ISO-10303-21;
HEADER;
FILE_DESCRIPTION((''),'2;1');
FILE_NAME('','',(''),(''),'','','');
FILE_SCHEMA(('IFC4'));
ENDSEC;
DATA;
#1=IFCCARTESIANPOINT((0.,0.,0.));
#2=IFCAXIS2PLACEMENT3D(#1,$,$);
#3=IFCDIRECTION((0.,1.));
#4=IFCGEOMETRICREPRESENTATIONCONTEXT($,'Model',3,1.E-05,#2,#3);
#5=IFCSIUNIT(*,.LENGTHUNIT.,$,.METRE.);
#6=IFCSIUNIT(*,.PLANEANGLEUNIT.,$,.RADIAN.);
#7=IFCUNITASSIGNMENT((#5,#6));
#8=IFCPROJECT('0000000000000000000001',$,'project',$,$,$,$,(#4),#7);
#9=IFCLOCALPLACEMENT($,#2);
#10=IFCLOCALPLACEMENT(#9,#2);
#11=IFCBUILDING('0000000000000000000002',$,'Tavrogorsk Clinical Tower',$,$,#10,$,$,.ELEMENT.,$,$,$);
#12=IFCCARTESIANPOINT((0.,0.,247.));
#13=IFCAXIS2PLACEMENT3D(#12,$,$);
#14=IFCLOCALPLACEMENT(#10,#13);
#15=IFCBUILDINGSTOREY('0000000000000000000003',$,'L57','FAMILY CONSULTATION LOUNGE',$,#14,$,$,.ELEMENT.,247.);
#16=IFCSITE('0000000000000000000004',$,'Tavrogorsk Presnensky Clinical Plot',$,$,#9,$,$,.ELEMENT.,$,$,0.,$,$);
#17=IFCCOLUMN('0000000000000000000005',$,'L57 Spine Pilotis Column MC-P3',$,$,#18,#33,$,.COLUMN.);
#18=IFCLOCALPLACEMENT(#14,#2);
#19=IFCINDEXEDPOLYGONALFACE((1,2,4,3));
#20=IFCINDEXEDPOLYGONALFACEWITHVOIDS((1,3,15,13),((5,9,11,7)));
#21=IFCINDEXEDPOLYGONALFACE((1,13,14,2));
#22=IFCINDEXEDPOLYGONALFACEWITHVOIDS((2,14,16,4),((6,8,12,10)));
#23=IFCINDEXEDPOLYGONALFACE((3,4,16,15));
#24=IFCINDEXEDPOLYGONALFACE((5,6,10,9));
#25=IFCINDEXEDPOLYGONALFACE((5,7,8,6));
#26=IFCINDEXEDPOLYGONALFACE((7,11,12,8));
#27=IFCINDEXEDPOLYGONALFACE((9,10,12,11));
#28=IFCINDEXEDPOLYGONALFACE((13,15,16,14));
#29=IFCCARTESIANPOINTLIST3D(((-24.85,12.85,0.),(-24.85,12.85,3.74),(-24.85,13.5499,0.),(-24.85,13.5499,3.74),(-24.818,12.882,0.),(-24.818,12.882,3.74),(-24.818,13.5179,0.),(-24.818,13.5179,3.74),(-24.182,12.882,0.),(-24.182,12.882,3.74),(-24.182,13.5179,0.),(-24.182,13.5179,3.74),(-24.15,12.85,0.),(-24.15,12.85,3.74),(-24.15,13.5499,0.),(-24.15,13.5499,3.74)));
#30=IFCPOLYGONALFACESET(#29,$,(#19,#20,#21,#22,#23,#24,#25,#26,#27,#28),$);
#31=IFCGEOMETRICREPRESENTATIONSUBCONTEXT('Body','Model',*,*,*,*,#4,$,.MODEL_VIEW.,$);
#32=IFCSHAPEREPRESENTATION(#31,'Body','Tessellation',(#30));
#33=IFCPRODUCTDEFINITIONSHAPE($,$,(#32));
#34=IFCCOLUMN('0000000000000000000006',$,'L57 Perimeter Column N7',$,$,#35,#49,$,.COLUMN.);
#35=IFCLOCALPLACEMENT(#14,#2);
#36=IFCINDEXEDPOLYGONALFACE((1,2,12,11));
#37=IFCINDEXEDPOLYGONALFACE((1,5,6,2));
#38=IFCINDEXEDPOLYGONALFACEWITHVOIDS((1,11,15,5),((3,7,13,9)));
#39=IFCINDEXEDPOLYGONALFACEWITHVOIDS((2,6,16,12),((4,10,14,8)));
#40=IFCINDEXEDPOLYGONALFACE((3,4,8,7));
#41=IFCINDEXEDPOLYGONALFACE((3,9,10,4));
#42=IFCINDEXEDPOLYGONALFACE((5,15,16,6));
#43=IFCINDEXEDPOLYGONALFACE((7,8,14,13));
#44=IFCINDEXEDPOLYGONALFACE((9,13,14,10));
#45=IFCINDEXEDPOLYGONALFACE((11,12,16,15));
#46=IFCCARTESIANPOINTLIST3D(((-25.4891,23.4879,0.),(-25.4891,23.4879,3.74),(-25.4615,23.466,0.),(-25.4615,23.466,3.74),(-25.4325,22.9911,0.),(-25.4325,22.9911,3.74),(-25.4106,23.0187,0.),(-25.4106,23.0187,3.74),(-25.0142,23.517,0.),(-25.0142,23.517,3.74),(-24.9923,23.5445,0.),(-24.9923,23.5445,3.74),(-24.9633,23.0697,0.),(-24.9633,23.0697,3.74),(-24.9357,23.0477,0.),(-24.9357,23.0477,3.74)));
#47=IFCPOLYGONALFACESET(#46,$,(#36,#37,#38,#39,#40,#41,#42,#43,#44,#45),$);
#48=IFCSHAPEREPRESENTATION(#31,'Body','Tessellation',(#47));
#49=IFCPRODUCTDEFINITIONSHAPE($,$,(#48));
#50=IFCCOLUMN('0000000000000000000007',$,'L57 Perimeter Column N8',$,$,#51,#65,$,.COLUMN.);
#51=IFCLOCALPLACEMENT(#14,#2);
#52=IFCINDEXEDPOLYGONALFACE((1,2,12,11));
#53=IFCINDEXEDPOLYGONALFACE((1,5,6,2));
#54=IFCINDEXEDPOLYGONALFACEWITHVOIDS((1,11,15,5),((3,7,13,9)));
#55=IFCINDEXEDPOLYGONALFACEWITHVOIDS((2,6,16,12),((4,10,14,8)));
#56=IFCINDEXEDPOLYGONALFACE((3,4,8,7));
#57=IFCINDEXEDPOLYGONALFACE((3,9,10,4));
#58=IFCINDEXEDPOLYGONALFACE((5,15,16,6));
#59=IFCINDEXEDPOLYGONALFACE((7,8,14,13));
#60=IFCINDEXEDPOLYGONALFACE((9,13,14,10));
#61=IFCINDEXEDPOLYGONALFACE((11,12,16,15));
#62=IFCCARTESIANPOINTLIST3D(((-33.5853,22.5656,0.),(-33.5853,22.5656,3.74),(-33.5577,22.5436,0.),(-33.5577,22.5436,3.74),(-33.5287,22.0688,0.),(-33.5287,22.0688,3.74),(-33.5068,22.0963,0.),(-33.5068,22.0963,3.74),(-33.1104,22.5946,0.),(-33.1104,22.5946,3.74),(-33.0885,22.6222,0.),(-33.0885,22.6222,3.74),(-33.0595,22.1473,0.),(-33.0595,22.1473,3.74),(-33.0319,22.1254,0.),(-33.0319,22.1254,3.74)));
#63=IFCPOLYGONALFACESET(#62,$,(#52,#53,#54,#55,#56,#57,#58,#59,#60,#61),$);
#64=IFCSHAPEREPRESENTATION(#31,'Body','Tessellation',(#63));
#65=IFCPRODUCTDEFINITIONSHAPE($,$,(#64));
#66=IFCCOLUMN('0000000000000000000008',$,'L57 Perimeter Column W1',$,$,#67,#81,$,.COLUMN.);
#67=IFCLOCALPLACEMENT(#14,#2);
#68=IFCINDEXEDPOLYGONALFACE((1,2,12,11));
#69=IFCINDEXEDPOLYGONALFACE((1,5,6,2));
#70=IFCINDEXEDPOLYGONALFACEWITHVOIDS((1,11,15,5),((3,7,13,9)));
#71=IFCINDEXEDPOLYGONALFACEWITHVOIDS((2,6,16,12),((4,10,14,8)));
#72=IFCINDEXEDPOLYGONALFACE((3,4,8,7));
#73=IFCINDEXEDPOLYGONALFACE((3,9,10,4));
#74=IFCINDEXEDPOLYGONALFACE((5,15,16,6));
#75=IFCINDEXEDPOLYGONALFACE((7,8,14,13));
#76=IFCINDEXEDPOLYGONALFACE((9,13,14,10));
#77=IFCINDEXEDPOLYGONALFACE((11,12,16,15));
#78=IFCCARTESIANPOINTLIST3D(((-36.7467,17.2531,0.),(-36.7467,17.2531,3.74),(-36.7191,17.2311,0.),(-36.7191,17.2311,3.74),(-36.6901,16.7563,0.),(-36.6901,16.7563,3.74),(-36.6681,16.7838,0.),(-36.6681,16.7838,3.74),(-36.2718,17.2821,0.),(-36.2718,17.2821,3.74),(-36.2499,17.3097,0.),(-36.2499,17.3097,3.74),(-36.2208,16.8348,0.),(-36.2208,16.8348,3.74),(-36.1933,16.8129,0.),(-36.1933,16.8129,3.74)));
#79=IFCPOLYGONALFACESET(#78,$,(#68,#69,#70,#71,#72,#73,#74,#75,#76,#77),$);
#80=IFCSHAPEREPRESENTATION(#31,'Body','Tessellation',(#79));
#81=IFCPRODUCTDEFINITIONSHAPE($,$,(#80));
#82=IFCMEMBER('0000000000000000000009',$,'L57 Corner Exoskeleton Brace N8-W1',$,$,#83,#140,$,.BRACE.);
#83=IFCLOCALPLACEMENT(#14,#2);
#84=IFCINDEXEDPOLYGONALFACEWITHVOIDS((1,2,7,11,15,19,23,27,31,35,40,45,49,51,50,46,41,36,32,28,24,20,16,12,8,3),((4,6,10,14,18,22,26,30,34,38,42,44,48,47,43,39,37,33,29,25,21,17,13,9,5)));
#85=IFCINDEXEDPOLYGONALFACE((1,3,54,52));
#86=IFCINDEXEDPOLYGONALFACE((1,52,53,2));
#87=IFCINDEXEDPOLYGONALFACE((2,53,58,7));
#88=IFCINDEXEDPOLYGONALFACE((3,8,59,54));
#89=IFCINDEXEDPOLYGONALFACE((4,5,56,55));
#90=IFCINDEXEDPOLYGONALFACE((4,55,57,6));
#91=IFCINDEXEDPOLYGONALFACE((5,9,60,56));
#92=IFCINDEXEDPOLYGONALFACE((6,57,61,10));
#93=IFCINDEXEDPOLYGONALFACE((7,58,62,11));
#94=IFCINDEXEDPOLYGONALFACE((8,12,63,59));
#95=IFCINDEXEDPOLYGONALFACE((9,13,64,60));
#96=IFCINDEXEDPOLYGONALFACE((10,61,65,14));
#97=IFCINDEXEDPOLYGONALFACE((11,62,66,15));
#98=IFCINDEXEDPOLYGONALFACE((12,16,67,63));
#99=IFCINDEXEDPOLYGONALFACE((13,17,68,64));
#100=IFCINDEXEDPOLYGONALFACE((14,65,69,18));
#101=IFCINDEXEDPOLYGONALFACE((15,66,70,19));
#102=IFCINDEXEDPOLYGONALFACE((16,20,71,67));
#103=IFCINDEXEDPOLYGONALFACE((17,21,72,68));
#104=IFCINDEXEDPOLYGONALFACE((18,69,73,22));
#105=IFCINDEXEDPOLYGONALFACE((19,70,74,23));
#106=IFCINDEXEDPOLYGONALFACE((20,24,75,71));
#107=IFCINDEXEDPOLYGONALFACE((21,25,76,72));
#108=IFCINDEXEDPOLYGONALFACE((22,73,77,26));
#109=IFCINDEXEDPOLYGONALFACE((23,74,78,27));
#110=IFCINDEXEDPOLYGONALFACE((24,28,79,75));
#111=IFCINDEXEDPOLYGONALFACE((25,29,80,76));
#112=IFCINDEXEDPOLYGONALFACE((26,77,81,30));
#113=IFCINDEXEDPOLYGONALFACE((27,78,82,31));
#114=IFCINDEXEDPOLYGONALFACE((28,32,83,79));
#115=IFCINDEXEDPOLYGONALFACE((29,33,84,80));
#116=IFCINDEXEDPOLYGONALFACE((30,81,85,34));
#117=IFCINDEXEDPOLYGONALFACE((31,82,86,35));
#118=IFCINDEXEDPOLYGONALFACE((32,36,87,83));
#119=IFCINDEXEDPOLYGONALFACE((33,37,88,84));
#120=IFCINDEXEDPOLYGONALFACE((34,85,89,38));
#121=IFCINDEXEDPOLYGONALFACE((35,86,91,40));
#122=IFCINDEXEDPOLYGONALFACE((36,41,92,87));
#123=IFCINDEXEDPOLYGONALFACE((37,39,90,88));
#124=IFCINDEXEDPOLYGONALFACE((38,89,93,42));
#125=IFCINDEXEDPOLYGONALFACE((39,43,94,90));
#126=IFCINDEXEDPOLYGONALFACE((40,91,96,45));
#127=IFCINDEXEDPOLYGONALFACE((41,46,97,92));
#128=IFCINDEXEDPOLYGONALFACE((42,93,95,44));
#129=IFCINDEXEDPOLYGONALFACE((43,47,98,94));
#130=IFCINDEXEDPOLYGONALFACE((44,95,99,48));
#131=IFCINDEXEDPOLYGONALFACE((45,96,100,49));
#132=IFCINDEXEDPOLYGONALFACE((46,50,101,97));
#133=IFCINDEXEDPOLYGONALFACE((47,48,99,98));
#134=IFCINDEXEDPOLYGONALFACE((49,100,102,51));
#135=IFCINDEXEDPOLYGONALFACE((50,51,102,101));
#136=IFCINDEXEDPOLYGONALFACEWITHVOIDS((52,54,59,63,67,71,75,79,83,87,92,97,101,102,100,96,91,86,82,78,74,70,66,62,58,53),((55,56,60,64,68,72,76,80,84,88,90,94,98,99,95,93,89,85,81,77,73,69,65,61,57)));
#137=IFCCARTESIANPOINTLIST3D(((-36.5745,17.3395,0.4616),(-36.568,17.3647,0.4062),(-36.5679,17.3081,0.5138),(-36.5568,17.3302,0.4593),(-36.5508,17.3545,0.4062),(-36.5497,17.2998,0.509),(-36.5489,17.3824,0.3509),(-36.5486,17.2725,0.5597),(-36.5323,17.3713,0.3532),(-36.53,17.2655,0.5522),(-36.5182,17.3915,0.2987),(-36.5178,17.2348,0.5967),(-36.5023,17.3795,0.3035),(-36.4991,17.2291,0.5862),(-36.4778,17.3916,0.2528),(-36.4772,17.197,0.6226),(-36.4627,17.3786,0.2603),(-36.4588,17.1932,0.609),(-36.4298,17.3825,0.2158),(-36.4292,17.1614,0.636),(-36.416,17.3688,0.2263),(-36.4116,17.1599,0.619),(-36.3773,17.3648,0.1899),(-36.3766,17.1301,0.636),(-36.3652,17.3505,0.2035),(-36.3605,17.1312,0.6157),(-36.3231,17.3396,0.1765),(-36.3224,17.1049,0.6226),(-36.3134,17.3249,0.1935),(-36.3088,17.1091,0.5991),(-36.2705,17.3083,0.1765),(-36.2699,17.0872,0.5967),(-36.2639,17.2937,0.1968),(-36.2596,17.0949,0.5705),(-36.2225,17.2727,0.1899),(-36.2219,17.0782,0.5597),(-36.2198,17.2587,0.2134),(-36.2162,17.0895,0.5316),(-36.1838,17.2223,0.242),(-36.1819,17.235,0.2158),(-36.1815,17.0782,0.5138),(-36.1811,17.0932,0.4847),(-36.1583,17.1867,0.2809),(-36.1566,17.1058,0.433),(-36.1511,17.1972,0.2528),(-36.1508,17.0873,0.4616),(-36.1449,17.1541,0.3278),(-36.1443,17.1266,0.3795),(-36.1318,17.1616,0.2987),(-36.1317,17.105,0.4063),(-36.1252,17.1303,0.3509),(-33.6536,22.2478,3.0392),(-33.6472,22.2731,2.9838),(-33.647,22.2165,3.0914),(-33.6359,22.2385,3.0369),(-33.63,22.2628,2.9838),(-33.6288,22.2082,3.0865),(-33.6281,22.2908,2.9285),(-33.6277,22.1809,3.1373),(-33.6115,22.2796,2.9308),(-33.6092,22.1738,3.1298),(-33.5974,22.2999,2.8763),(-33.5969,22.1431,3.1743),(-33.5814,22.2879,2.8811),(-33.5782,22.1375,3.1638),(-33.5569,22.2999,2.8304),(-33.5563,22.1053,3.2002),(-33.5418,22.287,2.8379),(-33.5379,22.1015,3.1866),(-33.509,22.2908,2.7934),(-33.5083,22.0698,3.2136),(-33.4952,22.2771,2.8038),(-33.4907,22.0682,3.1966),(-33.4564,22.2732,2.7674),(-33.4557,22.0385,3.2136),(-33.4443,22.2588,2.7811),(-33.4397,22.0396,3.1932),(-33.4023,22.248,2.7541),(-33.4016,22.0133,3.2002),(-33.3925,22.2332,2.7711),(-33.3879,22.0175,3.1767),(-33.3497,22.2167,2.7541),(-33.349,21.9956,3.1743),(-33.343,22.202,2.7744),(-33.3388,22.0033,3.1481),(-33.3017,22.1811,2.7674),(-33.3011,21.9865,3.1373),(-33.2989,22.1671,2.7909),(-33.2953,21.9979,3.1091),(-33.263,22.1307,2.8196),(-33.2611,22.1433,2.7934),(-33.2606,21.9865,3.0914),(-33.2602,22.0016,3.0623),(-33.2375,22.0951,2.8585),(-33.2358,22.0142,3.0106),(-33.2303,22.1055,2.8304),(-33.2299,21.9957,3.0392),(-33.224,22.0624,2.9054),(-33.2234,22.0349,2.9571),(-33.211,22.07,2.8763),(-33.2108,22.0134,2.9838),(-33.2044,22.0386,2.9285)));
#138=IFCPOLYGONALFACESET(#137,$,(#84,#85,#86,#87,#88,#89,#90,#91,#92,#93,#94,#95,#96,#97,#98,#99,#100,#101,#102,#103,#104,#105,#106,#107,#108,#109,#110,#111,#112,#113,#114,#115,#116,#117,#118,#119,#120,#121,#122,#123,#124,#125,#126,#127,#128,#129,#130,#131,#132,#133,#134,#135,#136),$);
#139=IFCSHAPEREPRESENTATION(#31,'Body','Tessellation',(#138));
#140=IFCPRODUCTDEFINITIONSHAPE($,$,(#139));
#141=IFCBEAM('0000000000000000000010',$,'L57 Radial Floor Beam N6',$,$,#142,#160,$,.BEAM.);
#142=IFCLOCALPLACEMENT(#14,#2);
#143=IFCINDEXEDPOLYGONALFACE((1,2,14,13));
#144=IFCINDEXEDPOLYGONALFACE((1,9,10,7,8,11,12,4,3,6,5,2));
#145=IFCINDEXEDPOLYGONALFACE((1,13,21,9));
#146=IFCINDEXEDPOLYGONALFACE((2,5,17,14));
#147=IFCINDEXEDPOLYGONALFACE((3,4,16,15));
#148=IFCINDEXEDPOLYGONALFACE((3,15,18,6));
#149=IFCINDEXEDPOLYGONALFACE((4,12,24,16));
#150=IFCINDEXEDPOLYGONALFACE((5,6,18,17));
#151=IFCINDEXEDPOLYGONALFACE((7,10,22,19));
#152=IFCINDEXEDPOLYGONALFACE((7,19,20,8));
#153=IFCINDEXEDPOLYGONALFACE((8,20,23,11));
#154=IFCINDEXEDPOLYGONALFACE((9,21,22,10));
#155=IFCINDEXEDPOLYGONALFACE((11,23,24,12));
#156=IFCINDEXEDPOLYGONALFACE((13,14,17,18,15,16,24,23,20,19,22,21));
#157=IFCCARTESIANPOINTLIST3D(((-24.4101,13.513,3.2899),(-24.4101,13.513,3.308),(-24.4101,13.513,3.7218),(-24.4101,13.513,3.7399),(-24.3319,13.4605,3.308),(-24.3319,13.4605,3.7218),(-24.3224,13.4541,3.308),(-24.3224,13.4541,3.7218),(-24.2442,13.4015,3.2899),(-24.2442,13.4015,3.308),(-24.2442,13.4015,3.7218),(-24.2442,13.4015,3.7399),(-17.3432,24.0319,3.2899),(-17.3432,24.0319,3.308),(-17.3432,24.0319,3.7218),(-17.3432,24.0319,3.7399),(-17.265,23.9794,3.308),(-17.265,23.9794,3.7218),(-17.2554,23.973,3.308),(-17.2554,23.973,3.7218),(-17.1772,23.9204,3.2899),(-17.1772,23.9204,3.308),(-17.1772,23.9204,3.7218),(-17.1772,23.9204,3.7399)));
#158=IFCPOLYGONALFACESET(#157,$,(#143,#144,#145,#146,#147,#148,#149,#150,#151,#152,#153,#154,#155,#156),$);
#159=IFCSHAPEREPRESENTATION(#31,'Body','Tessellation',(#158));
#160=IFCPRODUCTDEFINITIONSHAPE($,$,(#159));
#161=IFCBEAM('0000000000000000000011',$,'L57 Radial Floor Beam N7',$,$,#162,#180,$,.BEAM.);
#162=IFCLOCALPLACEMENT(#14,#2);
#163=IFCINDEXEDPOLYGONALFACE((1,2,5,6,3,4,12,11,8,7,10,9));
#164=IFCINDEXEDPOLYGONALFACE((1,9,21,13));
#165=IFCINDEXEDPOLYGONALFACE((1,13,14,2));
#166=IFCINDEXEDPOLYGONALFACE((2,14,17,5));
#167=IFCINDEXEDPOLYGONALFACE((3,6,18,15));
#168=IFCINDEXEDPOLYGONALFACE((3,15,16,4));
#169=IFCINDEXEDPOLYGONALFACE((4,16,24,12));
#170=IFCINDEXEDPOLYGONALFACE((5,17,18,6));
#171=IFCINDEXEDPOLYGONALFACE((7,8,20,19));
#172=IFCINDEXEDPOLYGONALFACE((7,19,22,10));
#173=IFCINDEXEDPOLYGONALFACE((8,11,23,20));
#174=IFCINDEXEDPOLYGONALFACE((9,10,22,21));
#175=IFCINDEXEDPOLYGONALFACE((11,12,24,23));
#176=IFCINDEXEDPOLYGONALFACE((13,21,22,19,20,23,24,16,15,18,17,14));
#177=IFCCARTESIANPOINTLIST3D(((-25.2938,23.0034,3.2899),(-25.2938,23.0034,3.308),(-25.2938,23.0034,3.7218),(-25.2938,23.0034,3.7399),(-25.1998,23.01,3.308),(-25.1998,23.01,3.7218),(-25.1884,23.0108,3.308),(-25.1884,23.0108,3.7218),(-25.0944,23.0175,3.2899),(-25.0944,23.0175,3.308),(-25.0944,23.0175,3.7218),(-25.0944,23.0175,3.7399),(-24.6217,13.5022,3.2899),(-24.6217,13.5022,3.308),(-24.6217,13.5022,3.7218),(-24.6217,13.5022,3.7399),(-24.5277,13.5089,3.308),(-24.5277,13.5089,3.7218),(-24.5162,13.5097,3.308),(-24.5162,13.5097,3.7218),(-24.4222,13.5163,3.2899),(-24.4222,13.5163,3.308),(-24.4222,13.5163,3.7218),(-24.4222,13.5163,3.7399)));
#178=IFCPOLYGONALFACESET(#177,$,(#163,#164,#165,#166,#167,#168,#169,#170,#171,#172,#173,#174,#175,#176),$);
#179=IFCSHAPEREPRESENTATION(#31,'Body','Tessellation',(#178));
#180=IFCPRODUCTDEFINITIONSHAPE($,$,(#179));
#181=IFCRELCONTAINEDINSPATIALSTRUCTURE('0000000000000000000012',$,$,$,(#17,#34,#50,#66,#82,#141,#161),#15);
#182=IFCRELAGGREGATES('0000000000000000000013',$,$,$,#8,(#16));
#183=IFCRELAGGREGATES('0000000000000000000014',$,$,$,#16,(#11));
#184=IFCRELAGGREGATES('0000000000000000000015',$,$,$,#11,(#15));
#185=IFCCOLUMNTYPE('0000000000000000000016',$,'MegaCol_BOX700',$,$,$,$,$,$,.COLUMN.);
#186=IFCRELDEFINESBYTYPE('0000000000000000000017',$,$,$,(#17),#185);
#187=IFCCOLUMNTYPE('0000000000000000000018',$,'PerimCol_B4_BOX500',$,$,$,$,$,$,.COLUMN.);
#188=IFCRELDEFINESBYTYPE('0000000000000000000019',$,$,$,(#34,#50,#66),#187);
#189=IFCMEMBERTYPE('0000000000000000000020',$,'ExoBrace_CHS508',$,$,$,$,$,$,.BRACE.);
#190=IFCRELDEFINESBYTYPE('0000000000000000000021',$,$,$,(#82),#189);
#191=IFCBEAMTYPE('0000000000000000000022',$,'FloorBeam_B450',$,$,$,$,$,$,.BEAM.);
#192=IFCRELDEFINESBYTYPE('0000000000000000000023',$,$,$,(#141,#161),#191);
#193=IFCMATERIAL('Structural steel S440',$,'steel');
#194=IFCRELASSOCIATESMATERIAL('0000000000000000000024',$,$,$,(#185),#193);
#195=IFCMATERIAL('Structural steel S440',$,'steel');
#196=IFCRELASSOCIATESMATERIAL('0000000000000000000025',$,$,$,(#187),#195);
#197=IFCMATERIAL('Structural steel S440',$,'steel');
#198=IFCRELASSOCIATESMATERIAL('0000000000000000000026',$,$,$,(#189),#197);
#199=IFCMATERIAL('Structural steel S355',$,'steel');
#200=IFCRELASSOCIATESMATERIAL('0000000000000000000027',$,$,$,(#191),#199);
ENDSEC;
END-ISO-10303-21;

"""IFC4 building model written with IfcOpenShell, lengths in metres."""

from ifc_helpers import new_model, si_unit, direction, frame, origin, origin_2d, place, context, subcontext, project, spatial, hollow_rectangle, hollow_circle, i_section, extrude, material, material_profile, profile_set, type_object, element, save


model = new_model("IFC4")

# Units and contexts
model_context = context("Model", 3, precision=1e-05, world=origin(), true_north=direction((0.0, 1.0)))
body_context = subcontext(model_context, "Body", "Model", "MODEL_VIEW")
ifc_project = project(units=[si_unit("LENGTHUNIT", "METRE"), si_unit("PLANEANGLEUNIT", "RADIAN")], contexts=[model_context])

# Site, building, storey
site_placement = place(None, origin())
site = spatial("IfcSite", under=ifc_project, at=site_placement, Name="Tavrogorsk Presnensky Clinical Plot", CompositionType="ELEMENT", RefElevation=0.0)
building_placement = place(site_placement, origin())
building = spatial("IfcBuilding", under=site, at=building_placement, Name="Tavrogorsk Clinical Tower", CompositionType="ELEMENT")
storey_placement = place(building_placement, frame((0.0, 0.0, 247.0)))
storey = spatial("IfcBuildingStorey", under=building, at=storey_placement, Name="L57", Description="FAMILY CONSULTATION LOUNGE", CompositionType="ELEMENT", Elevation=247.0)

# Columns
ifc_material_1 = material(Name="Structural steel S440", Category="steel")
ifc_material_profile_1 = material_profile(ifc_material_1, hollow_rectangle(XDim=0.7, YDim=0.7, WallThickness=0.032, at=origin_2d()), Name="BOX-700x700x32")
ifc_profile_set_1 = profile_set([ifc_material_profile_1], Name="Structural steel S440")
column_type_1 = type_object("IfcColumnType", Name="MegaCol_BOX700", PredefinedType="COLUMN", material=ifc_profile_set_1)
column_placement = place(storey_placement, frame((-24.5, 13.2, 0.0), z_axis=(0.0, 0.0, 1.0), x_axis=(1.0, 0.0, 0.0)))
element("IfcColumn", 1, at=column_placement, inside=storey, type_object=column_type_1, Name="L57 Spine Pilotis Column MC-P3", PredefinedType="COLUMN", context=body_context, shape_type="SweptSolid", body=[
    extrude(hollow_rectangle(XDim=0.7, YDim=0.7, WallThickness=0.032, at=origin_2d()), origin(), (0.0, 0.0, 1.0), 3.74),
])
ifc_material_2 = material(Name="Structural steel S440", Category="steel")
ifc_material_profile_2 = material_profile(ifc_material_2, hollow_rectangle(XDim=0.5, YDim=0.5, WallThickness=0.0249, at=origin_2d()), Name="BOX-500x500x25")
ifc_profile_set_2 = profile_set([ifc_material_profile_2], Name="Structural steel S440")
column_type_2 = type_object("IfcColumnType", Name="PerimCol_B4_BOX500", PredefinedType="COLUMN", material=ifc_profile_set_2)
for number, where, z_axis, x_axis, name in (
    (2, (-25.2124, 23.2678, 0.0), (0.0, 0.0, 1.0), (0.993572, 0.113203, 0.0), "L57 Perimeter Column N7"),
    (3, (-33.3086, 22.3455, 0.0), (0.0, 0.0, 1.0), (0.993572, 0.113203, 0.0), "L57 Perimeter Column N8"),
    (4, (-36.47, 17.033, 0.0), (0.0, 0.0, 1.0), (0.993572, 0.113203, 0.0), "L57 Perimeter Column W1"),
):
    element("IfcColumn", number, at=place(storey_placement, frame(where, z_axis=z_axis, x_axis=x_axis)), inside=storey, type_object=column_type_2, Name=name, PredefinedType="COLUMN", context=body_context, shape_type="SweptSolid", body=[
        extrude(hollow_rectangle(XDim=0.5, YDim=0.5, WallThickness=0.0249, at=origin_2d()), origin(), (0.0, 0.0, 1.0), 3.74),
    ])

# Member
ifc_material_3 = material(Name="Structural steel S440", Category="steel")
ifc_material_profile_3 = material_profile(ifc_material_3, hollow_circle(Radius=0.2539, WallThickness=0.02, at=origin_2d()), Name="CHS-508x20")
ifc_profile_set_3 = profile_set([ifc_material_profile_3], Name="Structural steel S440")
member_type = type_object("IfcMemberType", Name="ExoBrace_CHS508", PredefinedType="BRACE", material=ifc_profile_set_3)
member_placement = place(storey_placement, frame((-36.3499, 17.2349, 0.4062), z_axis=(0.466115, 0.783287, 0.411338), x_axis=(-0.859354, 0.511381, 0.0)))
element("IfcMember", 5, at=member_placement, inside=storey, type_object=member_type, Name="L57 Corner Exoskeleton Brace N8-W1", PredefinedType="BRACE", context=body_context, shape_type="SweptSolid", body=[
    extrude(hollow_circle(Radius=0.2539, WallThickness=0.02, at=origin_2d()), origin(), (0.0, 0.0, 1.0), 6.2664),
])

# Beams
ifc_material_4 = material(Name="Structural steel S355", Category="steel")
ifc_material_profile_4 = material_profile(ifc_material_4, i_section(OverallWidth=0.2, OverallDepth=0.45, WebThickness=0.0115, FlangeThickness=0.0181, at=origin_2d()), Name="B-450x200x11.5x18")
ifc_profile_set_4 = profile_set([ifc_material_profile_4], Name="Structural steel S355")
beam_type_1 = type_object("IfcBeamType", Name="FloorBeam_B450", PredefinedType="BEAM", material=ifc_profile_set_4)
beam_1_placement = place(storey_placement, frame((-24.3271, 13.4573, 3.5149), z_axis=(0.557667, 0.830065, 0.0), x_axis=(-0.830065, 0.557667, 0.0)))
element("IfcBeam", 6, at=beam_1_placement, inside=storey, type_object=beam_type_1, Name="L57 Radial Floor Beam N6", PredefinedType="BEAM", context=body_context, shape_type="SweptSolid", body=[
    extrude(i_section(OverallWidth=0.2, OverallDepth=0.45, WebThickness=0.0115, FlangeThickness=0.0181, at=origin_2d()), origin(), (0.0, 0.0, 1.0), 12.6724),
])
beam_2_placement = place(storey_placement, frame((-24.522, 13.5093, 3.5149), z_axis=(-0.070564, 0.997507, 0.0), x_axis=(-0.997507, -0.070564, 0.0)))
element("IfcBeam", 7, at=beam_2_placement, inside=storey, type_object=beam_type_1, Name="L57 Radial Floor Beam N7", PredefinedType="BEAM", context=body_context, shape_type="SweptSolid", body=[
    extrude(i_section(OverallWidth=0.2, OverallDepth=0.45, WebThickness=0.0115, FlangeThickness=0.0181, at=origin_2d()), origin(), (0.0, 0.0, 1.0), 9.5249),
])

save(model, "model.ifc")
